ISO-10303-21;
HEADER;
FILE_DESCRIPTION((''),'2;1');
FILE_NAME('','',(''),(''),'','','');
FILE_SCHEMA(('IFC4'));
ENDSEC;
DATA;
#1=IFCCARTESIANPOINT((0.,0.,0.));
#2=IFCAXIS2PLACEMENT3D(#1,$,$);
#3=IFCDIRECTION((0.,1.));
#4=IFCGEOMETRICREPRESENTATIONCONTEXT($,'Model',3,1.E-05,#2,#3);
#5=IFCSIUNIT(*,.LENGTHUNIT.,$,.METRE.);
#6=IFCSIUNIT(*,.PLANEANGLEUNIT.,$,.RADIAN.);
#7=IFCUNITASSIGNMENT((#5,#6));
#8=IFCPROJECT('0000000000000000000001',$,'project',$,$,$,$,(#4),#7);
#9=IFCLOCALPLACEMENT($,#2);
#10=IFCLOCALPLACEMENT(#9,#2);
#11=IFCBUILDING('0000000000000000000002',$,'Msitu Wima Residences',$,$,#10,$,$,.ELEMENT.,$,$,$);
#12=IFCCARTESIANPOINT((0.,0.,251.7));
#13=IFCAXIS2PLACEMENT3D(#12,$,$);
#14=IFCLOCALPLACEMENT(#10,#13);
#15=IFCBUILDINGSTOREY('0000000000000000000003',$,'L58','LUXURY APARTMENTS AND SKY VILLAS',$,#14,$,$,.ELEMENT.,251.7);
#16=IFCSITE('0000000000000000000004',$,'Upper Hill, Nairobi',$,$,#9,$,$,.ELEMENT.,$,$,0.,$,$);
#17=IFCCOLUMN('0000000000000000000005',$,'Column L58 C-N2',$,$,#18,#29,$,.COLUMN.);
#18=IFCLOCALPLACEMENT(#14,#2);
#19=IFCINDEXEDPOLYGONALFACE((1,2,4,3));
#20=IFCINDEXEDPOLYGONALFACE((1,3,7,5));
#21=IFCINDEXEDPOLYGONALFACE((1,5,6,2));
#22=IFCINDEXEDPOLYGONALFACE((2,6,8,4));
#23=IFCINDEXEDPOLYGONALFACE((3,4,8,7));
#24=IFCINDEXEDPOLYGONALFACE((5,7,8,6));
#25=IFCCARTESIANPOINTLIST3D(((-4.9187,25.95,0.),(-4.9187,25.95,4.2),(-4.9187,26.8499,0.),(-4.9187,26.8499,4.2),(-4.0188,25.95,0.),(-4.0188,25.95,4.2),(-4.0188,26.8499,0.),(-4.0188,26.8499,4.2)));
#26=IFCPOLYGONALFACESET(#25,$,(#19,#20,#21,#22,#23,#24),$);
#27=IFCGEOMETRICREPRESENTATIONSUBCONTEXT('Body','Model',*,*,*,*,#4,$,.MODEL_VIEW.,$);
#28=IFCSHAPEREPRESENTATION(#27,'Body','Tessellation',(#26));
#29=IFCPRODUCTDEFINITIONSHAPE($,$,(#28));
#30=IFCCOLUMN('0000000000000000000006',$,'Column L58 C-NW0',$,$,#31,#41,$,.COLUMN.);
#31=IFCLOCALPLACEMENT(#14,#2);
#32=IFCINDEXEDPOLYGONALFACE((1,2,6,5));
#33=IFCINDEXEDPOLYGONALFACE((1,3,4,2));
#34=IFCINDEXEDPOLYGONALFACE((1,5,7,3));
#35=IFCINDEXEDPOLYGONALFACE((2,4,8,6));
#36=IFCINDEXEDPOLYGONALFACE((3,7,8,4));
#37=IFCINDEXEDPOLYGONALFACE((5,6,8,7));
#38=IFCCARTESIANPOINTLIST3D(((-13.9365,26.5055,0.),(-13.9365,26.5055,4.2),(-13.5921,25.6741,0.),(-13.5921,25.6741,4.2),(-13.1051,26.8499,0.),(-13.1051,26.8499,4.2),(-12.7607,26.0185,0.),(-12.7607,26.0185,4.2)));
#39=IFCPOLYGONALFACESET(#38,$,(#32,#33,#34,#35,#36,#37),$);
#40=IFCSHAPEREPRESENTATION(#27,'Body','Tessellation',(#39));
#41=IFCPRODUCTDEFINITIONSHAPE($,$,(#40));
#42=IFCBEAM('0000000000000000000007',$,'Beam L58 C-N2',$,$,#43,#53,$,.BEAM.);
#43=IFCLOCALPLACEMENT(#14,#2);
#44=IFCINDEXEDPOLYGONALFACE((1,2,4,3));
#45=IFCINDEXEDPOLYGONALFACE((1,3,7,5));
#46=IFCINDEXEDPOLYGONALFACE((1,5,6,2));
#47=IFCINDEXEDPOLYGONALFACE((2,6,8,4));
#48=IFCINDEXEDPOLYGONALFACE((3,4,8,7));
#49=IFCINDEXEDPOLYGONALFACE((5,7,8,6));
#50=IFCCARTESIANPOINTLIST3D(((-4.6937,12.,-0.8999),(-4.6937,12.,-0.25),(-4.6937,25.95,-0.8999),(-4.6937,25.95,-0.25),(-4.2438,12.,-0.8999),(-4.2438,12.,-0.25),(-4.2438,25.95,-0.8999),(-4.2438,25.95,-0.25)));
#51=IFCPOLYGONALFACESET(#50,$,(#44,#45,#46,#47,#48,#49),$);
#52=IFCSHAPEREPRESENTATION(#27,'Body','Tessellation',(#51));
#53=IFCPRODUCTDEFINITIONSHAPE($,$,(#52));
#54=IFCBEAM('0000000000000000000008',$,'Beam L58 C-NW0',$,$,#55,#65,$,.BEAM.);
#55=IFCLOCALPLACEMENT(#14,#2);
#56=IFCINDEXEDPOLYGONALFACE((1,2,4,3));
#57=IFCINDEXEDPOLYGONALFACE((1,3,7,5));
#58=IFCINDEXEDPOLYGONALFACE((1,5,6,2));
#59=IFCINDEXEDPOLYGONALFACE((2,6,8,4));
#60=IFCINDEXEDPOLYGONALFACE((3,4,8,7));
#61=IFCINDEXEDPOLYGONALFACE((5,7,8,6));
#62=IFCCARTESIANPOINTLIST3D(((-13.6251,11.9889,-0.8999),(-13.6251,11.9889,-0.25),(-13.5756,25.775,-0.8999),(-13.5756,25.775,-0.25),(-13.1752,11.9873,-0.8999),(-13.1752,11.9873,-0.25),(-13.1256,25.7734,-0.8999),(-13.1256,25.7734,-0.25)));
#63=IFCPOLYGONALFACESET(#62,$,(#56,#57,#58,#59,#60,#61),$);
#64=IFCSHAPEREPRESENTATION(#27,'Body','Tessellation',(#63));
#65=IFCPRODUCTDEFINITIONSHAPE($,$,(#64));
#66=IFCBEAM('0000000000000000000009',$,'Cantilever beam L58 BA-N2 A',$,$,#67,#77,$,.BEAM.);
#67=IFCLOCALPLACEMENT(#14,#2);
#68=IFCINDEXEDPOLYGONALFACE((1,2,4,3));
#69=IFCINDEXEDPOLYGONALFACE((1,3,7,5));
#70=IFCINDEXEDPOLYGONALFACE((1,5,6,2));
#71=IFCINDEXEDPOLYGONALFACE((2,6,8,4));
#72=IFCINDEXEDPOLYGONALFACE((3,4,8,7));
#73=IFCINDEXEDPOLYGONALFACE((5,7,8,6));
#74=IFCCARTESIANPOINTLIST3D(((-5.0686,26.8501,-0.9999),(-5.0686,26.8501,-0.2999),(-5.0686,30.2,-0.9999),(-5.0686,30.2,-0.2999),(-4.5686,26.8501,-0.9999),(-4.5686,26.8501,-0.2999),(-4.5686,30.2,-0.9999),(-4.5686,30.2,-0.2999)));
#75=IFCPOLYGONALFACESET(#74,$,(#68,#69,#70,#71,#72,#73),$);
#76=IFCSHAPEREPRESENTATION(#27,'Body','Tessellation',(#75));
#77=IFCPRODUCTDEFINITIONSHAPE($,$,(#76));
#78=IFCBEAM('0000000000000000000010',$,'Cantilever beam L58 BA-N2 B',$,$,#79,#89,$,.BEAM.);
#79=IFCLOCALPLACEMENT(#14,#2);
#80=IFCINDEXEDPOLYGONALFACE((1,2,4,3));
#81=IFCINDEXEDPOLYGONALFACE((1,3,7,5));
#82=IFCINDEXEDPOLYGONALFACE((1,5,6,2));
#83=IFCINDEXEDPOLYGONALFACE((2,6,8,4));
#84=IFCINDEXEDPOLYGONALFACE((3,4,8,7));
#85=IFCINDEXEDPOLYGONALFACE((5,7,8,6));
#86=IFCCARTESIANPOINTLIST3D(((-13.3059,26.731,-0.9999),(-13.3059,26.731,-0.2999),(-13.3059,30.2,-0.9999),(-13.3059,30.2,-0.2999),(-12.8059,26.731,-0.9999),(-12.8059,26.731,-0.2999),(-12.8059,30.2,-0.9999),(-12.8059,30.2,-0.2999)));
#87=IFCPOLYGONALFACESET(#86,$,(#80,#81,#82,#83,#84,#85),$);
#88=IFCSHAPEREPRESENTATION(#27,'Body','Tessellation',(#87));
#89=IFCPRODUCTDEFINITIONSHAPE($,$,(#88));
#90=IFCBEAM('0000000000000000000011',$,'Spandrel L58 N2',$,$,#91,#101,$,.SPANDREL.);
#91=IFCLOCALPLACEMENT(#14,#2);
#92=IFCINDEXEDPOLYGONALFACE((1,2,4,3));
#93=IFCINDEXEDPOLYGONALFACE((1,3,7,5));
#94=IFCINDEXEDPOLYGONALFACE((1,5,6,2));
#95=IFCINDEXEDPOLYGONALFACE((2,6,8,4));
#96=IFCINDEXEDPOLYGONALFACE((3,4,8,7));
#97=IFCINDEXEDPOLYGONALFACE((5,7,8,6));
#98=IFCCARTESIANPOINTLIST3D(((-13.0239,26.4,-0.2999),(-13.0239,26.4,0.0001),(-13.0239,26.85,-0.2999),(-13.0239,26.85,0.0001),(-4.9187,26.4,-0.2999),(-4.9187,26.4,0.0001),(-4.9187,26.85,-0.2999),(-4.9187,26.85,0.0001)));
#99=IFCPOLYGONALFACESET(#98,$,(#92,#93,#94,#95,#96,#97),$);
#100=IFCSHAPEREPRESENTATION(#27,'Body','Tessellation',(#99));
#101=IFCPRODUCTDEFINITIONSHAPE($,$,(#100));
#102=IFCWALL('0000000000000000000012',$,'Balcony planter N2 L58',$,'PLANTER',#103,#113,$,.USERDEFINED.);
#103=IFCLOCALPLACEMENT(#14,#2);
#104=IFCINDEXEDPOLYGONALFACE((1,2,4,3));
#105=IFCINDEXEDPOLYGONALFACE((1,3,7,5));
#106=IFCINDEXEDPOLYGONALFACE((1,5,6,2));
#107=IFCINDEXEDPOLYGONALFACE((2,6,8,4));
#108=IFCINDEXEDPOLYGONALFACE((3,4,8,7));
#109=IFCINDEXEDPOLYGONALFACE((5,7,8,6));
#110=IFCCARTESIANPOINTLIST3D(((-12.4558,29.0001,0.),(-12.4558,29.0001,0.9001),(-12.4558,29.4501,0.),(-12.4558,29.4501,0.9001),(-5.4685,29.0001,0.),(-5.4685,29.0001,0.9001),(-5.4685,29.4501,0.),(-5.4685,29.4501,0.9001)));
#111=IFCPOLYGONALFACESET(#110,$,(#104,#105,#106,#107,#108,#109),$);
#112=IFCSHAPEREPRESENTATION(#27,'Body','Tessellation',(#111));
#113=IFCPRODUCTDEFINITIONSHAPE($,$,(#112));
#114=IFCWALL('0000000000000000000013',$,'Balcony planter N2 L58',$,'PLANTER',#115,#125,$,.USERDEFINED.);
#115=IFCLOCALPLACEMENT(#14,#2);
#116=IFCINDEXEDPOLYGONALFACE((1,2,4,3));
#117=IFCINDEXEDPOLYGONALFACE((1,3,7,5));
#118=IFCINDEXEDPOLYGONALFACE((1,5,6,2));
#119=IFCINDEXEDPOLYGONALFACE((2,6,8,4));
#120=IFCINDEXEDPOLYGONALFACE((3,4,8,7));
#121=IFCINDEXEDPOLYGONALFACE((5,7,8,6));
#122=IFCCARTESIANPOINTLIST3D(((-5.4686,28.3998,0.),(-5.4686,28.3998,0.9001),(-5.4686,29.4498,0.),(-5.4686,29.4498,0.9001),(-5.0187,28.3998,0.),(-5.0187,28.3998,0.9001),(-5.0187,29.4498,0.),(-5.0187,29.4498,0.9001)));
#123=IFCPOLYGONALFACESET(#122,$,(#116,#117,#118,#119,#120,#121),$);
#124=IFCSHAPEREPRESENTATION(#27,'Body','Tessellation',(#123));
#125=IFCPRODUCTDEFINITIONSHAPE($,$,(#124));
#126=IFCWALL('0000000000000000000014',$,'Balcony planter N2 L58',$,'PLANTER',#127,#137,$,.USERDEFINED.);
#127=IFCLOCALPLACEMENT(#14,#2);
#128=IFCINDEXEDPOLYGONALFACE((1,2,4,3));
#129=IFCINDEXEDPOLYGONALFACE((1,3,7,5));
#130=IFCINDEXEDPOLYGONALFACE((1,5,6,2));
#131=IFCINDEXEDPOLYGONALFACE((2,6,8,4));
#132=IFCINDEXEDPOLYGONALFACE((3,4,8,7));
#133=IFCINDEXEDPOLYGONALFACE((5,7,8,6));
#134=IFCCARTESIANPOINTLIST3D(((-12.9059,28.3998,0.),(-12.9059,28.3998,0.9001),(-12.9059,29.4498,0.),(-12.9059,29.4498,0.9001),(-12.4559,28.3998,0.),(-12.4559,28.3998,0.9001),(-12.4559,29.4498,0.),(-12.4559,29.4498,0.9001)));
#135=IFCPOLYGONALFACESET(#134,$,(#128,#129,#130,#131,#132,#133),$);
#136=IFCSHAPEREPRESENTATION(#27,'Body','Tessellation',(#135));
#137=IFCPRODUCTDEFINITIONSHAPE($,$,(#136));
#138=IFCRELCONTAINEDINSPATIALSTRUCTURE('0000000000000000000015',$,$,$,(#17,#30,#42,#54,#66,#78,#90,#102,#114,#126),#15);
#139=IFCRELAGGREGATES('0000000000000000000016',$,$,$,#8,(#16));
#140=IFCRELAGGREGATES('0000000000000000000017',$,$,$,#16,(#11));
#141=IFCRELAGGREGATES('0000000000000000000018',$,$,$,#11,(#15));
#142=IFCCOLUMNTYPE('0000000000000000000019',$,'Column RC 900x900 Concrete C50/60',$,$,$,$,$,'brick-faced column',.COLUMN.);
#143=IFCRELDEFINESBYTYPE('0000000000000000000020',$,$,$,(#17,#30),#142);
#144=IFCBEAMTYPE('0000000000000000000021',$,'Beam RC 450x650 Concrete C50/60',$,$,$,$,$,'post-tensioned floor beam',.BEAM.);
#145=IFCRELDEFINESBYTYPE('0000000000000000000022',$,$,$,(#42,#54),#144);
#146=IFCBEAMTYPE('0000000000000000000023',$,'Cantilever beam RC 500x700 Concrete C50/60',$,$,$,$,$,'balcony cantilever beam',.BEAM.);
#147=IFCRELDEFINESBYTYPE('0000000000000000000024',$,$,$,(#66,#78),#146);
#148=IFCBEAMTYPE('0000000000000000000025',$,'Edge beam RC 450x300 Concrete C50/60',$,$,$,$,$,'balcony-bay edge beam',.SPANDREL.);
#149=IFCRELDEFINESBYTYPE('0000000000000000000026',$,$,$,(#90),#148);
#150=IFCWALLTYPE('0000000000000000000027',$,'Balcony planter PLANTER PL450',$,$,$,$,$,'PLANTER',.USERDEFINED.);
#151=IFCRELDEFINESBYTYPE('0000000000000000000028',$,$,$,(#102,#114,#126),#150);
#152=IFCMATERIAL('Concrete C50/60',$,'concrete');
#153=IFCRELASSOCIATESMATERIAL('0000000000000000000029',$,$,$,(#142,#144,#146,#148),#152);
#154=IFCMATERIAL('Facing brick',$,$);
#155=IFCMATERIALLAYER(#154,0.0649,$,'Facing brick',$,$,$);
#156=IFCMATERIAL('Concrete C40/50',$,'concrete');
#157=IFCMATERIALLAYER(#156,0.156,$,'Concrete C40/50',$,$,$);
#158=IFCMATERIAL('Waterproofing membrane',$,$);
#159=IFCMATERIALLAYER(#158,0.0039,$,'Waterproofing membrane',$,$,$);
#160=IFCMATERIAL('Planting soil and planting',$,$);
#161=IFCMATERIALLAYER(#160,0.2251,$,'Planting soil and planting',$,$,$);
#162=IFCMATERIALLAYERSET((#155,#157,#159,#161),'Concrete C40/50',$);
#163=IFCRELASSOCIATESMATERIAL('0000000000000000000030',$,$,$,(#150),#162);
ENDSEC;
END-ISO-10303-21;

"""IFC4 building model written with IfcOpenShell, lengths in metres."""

from ifc_helpers import new_model, si_unit, direction, frame, frame_2d, origin, origin_2d, place, context, subcontext, project, spatial, rectangle, extrude, material, layer, layer_set, material_profile, profile_set, type_object, element, save


model = new_model("IFC4")

# Units and contexts
model_context = context("Model", 3, precision=1e-05, world=origin(), true_north=direction((0.0, 1.0)))
body_context = subcontext(model_context, "Body", "Model", "MODEL_VIEW")
ifc_project = project(units=[si_unit("LENGTHUNIT", "METRE"), si_unit("PLANEANGLEUNIT", "RADIAN")], contexts=[model_context])

# Site, building, storey
site_placement = place(None, origin())
site = spatial("IfcSite", under=ifc_project, at=site_placement, Name="Upper Hill, Nairobi", CompositionType="ELEMENT", RefElevation=0.0)
building_placement = place(site_placement, origin())
building = spatial("IfcBuilding", under=site, at=building_placement, Name="Msitu Wima Residences", CompositionType="ELEMENT")
storey_placement = place(building_placement, frame((0.0, 0.0, 251.7)))
storey = spatial("IfcBuildingStorey", under=building, at=storey_placement, Name="L58", Description="LUXURY APARTMENTS AND SKY VILLAS", CompositionType="ELEMENT", Elevation=251.7)

# Columns
ifc_material_1 = material(Name="Concrete C50/60", Category="concrete")
ifc_material_profile_1 = material_profile(ifc_material_1, rectangle(XDim=0.8999, YDim=0.8999, at=origin_2d()), Name="RC 900x900")
ifc_profile_set_1 = profile_set([ifc_material_profile_1], Name="Concrete C50/60")
column_type = type_object("IfcColumnType", Name="Column RC 900x900 Concrete C50/60", ElementType="brick-faced column", PredefinedType="COLUMN", material=ifc_profile_set_1)
for number, where, z_axis, x_axis, name in (
    (1, (-4.4688, 26.3999, 0.0), (0.0, 0.0, 1.0), (-1.0, 0.0, 0.0), "Column L58 C-N2"),
    (2, (-13.3486, 26.262, 0.0), (0.0, 0.0, 1.0), (-0.92388, -0.382683, 0.0), "Column L58 C-NW0"),
):
    element("IfcColumn", number, at=place(storey_placement, frame(where, z_axis=z_axis, x_axis=x_axis)), inside=storey, type_object=column_type, Name=name, PredefinedType="COLUMN", context=body_context, shape_type="SweptSolid", body=[
        extrude(rectangle(XDim=0.8999, YDim=0.8999, at=origin_2d()), origin(), (0.0, 0.0, 1.0), 4.2),
    ])

# Beams
ifc_material_profile_2 = material_profile(ifc_material_1, rectangle(XDim=0.45, YDim=0.6499, at=origin_2d()), Name="RC 450x650")
ifc_profile_set_2 = profile_set([ifc_material_profile_2], Name="Concrete C50/60")
beam_type_1 = type_object("IfcBeamType", Name="Beam RC 450x650 Concrete C50/60", ElementType="post-tensioned floor beam", PredefinedType="BEAM", material=ifc_profile_set_2)
beam_1_placement = place(storey_placement, frame((-4.4688, 25.95, -0.575), z_axis=(0.0, -1.0, 0.0), x_axis=(1.0, 0.0, 0.0)))
element("IfcBeam", 3, at=beam_1_placement, inside=storey, type_object=beam_type_1, Name="Beam L58 C-N2", PredefinedType="BEAM", context=body_context, shape_type="SweptSolid", body=[
    extrude(rectangle(XDim=0.45, YDim=0.6499, at=origin_2d()), origin(), (0.0, 0.0, 1.0), 13.95),
])
beam_2_placement = place(storey_placement, frame((-13.3506, 25.7742, -0.575), z_axis=(-0.003595, -0.999994, 0.0), x_axis=(0.999994, -0.003595, 0.0)))
element("IfcBeam", 4, at=beam_2_placement, inside=storey, type_object=beam_type_1, Name="Beam L58 C-NW0", PredefinedType="BEAM", context=body_context, shape_type="SweptSolid", body=[
    extrude(rectangle(XDim=0.45, YDim=0.6499, at=origin_2d()), origin(), (0.0, 0.0, 1.0), 13.7861),
])
ifc_material_profile_3 = material_profile(ifc_material_1, rectangle(XDim=0.5, YDim=0.7, at=origin_2d()), Name="RC 500x700")
ifc_profile_set_3 = profile_set([ifc_material_profile_3], Name="Concrete C50/60")
beam_type_2 = type_object("IfcBeamType", Name="Cantilever beam RC 500x700 Concrete C50/60", ElementType="balcony cantilever beam", PredefinedType="BEAM", material=ifc_profile_set_3)
beam_3_placement = place(storey_placement, frame((-4.8186, 26.8501, -0.6499), z_axis=(0.0, 1.0, 0.0), x_axis=(-1.0, 0.0, 0.0)))
element("IfcBeam", 5, at=beam_3_placement, inside=storey, type_object=beam_type_2, Name="Cantilever beam L58 BA-N2 A", PredefinedType="BEAM", context=body_context, shape_type="SweptSolid", body=[
    extrude(rectangle(XDim=0.5, YDim=0.7, at=origin_2d()), origin(), (0.0, 0.0, 1.0), 3.3499),
])
beam_4_placement = place(storey_placement, frame((-13.0559, 26.731, -0.6499), z_axis=(0.0, 1.0, 0.0), x_axis=(-1.0, 0.0, 0.0)))
element("IfcBeam", 6, at=beam_4_placement, inside=storey, type_object=beam_type_2, Name="Cantilever beam L58 BA-N2 B", PredefinedType="BEAM", context=body_context, shape_type="SweptSolid", body=[
    extrude(rectangle(XDim=0.5, YDim=0.7, at=origin_2d()), origin(), (0.0, 0.0, 1.0), 3.469),
])
ifc_material_profile_4 = material_profile(ifc_material_1, rectangle(XDim=0.45, YDim=0.3, at=origin_2d()), Name="RC 450x300")
ifc_profile_set_4 = profile_set([ifc_material_profile_4], Name="Concrete C50/60")
beam_type_3 = type_object("IfcBeamType", Name="Edge beam RC 450x300 Concrete C50/60", ElementType="balcony-bay edge beam", PredefinedType="SPANDREL", material=ifc_profile_set_4)
beam_5_placement = place(storey_placement, frame((-4.9187, 26.625, -0.1499), z_axis=(-1.0, 0.0, 0.0), x_axis=(0.0, -1.0, 0.0)))
element("IfcBeam", 7, at=beam_5_placement, inside=storey, type_object=beam_type_3, Name="Spandrel L58 N2", PredefinedType="SPANDREL", context=body_context, shape_type="SweptSolid", body=[
    extrude(rectangle(XDim=0.45, YDim=0.3, at=origin_2d()), origin(), (0.0, 0.0, 1.0), 8.1052),
])

# Walls
ifc_material_2 = material(Name="Facing brick")
ifc_layer_1 = layer(ifc_material_2, 0.0649, Name="Facing brick")
ifc_material_3 = material(Name="Concrete C40/50", Category="concrete")
ifc_layer_2 = layer(ifc_material_3, 0.156, Name="Concrete C40/50")
ifc_material_4 = material(Name="Waterproofing membrane")
ifc_layer_3 = layer(ifc_material_4, 0.0039, Name="Waterproofing membrane")
ifc_material_5 = material(Name="Planting soil and planting")
ifc_layer_4 = layer(ifc_material_5, 0.2251, Name="Planting soil and planting")
ifc_layer_set_1 = layer_set([ifc_layer_1, ifc_layer_2, ifc_layer_3, ifc_layer_4], Name="Concrete C40/50")
wall_type_1 = type_object("IfcWallType", Name="Balcony planter PLANTER PL450", ElementType="PLANTER", PredefinedType="USERDEFINED", material=ifc_layer_set_1)
wall_1_placement = place(storey_placement, frame((-5.4685, 29.2251, 0.0), z_axis=(0.0, 0.0, 1.0), x_axis=(-1.0, 0.0, 0.0)))
element("IfcWall", 8, at=wall_1_placement, inside=storey, type_object=wall_type_1, Name="Balcony planter N2 L58", ObjectType="PLANTER", PredefinedType="USERDEFINED", context=body_context, shape_type="SweptSolid", body=[
    extrude(rectangle(XDim=6.9873, YDim=0.45, at=frame_2d((3.4937, 0.0))), origin(), (0.0, 0.0, 1.0), 0.9001),
])
for number, where, z_axis, x_axis, name in (
    (9, (-5.2437, 28.3999, 0.0), (0.0, 0.0, 1.0), (0.0, 1.0, 0.0), "Balcony planter N2 L58"),
    (10, (-12.6809, 28.3999, 0.0), (0.0, 0.0, 1.0), (0.0, 1.0, 0.0), "Balcony planter N2 L58"),
):
    element("IfcWall", number, at=place(storey_placement, frame(where, z_axis=z_axis, x_axis=x_axis)), inside=storey, type_object=wall_type_1, Name=name, ObjectType="PLANTER", PredefinedType="USERDEFINED", context=body_context, shape_type="SweptSolid", body=[
        extrude(rectangle(XDim=1.05, YDim=0.45, at=frame_2d((0.5249, 0.0))), origin(), (0.0, 0.0, 1.0), 0.9001),
    ])

save(model, "model.ifc")
